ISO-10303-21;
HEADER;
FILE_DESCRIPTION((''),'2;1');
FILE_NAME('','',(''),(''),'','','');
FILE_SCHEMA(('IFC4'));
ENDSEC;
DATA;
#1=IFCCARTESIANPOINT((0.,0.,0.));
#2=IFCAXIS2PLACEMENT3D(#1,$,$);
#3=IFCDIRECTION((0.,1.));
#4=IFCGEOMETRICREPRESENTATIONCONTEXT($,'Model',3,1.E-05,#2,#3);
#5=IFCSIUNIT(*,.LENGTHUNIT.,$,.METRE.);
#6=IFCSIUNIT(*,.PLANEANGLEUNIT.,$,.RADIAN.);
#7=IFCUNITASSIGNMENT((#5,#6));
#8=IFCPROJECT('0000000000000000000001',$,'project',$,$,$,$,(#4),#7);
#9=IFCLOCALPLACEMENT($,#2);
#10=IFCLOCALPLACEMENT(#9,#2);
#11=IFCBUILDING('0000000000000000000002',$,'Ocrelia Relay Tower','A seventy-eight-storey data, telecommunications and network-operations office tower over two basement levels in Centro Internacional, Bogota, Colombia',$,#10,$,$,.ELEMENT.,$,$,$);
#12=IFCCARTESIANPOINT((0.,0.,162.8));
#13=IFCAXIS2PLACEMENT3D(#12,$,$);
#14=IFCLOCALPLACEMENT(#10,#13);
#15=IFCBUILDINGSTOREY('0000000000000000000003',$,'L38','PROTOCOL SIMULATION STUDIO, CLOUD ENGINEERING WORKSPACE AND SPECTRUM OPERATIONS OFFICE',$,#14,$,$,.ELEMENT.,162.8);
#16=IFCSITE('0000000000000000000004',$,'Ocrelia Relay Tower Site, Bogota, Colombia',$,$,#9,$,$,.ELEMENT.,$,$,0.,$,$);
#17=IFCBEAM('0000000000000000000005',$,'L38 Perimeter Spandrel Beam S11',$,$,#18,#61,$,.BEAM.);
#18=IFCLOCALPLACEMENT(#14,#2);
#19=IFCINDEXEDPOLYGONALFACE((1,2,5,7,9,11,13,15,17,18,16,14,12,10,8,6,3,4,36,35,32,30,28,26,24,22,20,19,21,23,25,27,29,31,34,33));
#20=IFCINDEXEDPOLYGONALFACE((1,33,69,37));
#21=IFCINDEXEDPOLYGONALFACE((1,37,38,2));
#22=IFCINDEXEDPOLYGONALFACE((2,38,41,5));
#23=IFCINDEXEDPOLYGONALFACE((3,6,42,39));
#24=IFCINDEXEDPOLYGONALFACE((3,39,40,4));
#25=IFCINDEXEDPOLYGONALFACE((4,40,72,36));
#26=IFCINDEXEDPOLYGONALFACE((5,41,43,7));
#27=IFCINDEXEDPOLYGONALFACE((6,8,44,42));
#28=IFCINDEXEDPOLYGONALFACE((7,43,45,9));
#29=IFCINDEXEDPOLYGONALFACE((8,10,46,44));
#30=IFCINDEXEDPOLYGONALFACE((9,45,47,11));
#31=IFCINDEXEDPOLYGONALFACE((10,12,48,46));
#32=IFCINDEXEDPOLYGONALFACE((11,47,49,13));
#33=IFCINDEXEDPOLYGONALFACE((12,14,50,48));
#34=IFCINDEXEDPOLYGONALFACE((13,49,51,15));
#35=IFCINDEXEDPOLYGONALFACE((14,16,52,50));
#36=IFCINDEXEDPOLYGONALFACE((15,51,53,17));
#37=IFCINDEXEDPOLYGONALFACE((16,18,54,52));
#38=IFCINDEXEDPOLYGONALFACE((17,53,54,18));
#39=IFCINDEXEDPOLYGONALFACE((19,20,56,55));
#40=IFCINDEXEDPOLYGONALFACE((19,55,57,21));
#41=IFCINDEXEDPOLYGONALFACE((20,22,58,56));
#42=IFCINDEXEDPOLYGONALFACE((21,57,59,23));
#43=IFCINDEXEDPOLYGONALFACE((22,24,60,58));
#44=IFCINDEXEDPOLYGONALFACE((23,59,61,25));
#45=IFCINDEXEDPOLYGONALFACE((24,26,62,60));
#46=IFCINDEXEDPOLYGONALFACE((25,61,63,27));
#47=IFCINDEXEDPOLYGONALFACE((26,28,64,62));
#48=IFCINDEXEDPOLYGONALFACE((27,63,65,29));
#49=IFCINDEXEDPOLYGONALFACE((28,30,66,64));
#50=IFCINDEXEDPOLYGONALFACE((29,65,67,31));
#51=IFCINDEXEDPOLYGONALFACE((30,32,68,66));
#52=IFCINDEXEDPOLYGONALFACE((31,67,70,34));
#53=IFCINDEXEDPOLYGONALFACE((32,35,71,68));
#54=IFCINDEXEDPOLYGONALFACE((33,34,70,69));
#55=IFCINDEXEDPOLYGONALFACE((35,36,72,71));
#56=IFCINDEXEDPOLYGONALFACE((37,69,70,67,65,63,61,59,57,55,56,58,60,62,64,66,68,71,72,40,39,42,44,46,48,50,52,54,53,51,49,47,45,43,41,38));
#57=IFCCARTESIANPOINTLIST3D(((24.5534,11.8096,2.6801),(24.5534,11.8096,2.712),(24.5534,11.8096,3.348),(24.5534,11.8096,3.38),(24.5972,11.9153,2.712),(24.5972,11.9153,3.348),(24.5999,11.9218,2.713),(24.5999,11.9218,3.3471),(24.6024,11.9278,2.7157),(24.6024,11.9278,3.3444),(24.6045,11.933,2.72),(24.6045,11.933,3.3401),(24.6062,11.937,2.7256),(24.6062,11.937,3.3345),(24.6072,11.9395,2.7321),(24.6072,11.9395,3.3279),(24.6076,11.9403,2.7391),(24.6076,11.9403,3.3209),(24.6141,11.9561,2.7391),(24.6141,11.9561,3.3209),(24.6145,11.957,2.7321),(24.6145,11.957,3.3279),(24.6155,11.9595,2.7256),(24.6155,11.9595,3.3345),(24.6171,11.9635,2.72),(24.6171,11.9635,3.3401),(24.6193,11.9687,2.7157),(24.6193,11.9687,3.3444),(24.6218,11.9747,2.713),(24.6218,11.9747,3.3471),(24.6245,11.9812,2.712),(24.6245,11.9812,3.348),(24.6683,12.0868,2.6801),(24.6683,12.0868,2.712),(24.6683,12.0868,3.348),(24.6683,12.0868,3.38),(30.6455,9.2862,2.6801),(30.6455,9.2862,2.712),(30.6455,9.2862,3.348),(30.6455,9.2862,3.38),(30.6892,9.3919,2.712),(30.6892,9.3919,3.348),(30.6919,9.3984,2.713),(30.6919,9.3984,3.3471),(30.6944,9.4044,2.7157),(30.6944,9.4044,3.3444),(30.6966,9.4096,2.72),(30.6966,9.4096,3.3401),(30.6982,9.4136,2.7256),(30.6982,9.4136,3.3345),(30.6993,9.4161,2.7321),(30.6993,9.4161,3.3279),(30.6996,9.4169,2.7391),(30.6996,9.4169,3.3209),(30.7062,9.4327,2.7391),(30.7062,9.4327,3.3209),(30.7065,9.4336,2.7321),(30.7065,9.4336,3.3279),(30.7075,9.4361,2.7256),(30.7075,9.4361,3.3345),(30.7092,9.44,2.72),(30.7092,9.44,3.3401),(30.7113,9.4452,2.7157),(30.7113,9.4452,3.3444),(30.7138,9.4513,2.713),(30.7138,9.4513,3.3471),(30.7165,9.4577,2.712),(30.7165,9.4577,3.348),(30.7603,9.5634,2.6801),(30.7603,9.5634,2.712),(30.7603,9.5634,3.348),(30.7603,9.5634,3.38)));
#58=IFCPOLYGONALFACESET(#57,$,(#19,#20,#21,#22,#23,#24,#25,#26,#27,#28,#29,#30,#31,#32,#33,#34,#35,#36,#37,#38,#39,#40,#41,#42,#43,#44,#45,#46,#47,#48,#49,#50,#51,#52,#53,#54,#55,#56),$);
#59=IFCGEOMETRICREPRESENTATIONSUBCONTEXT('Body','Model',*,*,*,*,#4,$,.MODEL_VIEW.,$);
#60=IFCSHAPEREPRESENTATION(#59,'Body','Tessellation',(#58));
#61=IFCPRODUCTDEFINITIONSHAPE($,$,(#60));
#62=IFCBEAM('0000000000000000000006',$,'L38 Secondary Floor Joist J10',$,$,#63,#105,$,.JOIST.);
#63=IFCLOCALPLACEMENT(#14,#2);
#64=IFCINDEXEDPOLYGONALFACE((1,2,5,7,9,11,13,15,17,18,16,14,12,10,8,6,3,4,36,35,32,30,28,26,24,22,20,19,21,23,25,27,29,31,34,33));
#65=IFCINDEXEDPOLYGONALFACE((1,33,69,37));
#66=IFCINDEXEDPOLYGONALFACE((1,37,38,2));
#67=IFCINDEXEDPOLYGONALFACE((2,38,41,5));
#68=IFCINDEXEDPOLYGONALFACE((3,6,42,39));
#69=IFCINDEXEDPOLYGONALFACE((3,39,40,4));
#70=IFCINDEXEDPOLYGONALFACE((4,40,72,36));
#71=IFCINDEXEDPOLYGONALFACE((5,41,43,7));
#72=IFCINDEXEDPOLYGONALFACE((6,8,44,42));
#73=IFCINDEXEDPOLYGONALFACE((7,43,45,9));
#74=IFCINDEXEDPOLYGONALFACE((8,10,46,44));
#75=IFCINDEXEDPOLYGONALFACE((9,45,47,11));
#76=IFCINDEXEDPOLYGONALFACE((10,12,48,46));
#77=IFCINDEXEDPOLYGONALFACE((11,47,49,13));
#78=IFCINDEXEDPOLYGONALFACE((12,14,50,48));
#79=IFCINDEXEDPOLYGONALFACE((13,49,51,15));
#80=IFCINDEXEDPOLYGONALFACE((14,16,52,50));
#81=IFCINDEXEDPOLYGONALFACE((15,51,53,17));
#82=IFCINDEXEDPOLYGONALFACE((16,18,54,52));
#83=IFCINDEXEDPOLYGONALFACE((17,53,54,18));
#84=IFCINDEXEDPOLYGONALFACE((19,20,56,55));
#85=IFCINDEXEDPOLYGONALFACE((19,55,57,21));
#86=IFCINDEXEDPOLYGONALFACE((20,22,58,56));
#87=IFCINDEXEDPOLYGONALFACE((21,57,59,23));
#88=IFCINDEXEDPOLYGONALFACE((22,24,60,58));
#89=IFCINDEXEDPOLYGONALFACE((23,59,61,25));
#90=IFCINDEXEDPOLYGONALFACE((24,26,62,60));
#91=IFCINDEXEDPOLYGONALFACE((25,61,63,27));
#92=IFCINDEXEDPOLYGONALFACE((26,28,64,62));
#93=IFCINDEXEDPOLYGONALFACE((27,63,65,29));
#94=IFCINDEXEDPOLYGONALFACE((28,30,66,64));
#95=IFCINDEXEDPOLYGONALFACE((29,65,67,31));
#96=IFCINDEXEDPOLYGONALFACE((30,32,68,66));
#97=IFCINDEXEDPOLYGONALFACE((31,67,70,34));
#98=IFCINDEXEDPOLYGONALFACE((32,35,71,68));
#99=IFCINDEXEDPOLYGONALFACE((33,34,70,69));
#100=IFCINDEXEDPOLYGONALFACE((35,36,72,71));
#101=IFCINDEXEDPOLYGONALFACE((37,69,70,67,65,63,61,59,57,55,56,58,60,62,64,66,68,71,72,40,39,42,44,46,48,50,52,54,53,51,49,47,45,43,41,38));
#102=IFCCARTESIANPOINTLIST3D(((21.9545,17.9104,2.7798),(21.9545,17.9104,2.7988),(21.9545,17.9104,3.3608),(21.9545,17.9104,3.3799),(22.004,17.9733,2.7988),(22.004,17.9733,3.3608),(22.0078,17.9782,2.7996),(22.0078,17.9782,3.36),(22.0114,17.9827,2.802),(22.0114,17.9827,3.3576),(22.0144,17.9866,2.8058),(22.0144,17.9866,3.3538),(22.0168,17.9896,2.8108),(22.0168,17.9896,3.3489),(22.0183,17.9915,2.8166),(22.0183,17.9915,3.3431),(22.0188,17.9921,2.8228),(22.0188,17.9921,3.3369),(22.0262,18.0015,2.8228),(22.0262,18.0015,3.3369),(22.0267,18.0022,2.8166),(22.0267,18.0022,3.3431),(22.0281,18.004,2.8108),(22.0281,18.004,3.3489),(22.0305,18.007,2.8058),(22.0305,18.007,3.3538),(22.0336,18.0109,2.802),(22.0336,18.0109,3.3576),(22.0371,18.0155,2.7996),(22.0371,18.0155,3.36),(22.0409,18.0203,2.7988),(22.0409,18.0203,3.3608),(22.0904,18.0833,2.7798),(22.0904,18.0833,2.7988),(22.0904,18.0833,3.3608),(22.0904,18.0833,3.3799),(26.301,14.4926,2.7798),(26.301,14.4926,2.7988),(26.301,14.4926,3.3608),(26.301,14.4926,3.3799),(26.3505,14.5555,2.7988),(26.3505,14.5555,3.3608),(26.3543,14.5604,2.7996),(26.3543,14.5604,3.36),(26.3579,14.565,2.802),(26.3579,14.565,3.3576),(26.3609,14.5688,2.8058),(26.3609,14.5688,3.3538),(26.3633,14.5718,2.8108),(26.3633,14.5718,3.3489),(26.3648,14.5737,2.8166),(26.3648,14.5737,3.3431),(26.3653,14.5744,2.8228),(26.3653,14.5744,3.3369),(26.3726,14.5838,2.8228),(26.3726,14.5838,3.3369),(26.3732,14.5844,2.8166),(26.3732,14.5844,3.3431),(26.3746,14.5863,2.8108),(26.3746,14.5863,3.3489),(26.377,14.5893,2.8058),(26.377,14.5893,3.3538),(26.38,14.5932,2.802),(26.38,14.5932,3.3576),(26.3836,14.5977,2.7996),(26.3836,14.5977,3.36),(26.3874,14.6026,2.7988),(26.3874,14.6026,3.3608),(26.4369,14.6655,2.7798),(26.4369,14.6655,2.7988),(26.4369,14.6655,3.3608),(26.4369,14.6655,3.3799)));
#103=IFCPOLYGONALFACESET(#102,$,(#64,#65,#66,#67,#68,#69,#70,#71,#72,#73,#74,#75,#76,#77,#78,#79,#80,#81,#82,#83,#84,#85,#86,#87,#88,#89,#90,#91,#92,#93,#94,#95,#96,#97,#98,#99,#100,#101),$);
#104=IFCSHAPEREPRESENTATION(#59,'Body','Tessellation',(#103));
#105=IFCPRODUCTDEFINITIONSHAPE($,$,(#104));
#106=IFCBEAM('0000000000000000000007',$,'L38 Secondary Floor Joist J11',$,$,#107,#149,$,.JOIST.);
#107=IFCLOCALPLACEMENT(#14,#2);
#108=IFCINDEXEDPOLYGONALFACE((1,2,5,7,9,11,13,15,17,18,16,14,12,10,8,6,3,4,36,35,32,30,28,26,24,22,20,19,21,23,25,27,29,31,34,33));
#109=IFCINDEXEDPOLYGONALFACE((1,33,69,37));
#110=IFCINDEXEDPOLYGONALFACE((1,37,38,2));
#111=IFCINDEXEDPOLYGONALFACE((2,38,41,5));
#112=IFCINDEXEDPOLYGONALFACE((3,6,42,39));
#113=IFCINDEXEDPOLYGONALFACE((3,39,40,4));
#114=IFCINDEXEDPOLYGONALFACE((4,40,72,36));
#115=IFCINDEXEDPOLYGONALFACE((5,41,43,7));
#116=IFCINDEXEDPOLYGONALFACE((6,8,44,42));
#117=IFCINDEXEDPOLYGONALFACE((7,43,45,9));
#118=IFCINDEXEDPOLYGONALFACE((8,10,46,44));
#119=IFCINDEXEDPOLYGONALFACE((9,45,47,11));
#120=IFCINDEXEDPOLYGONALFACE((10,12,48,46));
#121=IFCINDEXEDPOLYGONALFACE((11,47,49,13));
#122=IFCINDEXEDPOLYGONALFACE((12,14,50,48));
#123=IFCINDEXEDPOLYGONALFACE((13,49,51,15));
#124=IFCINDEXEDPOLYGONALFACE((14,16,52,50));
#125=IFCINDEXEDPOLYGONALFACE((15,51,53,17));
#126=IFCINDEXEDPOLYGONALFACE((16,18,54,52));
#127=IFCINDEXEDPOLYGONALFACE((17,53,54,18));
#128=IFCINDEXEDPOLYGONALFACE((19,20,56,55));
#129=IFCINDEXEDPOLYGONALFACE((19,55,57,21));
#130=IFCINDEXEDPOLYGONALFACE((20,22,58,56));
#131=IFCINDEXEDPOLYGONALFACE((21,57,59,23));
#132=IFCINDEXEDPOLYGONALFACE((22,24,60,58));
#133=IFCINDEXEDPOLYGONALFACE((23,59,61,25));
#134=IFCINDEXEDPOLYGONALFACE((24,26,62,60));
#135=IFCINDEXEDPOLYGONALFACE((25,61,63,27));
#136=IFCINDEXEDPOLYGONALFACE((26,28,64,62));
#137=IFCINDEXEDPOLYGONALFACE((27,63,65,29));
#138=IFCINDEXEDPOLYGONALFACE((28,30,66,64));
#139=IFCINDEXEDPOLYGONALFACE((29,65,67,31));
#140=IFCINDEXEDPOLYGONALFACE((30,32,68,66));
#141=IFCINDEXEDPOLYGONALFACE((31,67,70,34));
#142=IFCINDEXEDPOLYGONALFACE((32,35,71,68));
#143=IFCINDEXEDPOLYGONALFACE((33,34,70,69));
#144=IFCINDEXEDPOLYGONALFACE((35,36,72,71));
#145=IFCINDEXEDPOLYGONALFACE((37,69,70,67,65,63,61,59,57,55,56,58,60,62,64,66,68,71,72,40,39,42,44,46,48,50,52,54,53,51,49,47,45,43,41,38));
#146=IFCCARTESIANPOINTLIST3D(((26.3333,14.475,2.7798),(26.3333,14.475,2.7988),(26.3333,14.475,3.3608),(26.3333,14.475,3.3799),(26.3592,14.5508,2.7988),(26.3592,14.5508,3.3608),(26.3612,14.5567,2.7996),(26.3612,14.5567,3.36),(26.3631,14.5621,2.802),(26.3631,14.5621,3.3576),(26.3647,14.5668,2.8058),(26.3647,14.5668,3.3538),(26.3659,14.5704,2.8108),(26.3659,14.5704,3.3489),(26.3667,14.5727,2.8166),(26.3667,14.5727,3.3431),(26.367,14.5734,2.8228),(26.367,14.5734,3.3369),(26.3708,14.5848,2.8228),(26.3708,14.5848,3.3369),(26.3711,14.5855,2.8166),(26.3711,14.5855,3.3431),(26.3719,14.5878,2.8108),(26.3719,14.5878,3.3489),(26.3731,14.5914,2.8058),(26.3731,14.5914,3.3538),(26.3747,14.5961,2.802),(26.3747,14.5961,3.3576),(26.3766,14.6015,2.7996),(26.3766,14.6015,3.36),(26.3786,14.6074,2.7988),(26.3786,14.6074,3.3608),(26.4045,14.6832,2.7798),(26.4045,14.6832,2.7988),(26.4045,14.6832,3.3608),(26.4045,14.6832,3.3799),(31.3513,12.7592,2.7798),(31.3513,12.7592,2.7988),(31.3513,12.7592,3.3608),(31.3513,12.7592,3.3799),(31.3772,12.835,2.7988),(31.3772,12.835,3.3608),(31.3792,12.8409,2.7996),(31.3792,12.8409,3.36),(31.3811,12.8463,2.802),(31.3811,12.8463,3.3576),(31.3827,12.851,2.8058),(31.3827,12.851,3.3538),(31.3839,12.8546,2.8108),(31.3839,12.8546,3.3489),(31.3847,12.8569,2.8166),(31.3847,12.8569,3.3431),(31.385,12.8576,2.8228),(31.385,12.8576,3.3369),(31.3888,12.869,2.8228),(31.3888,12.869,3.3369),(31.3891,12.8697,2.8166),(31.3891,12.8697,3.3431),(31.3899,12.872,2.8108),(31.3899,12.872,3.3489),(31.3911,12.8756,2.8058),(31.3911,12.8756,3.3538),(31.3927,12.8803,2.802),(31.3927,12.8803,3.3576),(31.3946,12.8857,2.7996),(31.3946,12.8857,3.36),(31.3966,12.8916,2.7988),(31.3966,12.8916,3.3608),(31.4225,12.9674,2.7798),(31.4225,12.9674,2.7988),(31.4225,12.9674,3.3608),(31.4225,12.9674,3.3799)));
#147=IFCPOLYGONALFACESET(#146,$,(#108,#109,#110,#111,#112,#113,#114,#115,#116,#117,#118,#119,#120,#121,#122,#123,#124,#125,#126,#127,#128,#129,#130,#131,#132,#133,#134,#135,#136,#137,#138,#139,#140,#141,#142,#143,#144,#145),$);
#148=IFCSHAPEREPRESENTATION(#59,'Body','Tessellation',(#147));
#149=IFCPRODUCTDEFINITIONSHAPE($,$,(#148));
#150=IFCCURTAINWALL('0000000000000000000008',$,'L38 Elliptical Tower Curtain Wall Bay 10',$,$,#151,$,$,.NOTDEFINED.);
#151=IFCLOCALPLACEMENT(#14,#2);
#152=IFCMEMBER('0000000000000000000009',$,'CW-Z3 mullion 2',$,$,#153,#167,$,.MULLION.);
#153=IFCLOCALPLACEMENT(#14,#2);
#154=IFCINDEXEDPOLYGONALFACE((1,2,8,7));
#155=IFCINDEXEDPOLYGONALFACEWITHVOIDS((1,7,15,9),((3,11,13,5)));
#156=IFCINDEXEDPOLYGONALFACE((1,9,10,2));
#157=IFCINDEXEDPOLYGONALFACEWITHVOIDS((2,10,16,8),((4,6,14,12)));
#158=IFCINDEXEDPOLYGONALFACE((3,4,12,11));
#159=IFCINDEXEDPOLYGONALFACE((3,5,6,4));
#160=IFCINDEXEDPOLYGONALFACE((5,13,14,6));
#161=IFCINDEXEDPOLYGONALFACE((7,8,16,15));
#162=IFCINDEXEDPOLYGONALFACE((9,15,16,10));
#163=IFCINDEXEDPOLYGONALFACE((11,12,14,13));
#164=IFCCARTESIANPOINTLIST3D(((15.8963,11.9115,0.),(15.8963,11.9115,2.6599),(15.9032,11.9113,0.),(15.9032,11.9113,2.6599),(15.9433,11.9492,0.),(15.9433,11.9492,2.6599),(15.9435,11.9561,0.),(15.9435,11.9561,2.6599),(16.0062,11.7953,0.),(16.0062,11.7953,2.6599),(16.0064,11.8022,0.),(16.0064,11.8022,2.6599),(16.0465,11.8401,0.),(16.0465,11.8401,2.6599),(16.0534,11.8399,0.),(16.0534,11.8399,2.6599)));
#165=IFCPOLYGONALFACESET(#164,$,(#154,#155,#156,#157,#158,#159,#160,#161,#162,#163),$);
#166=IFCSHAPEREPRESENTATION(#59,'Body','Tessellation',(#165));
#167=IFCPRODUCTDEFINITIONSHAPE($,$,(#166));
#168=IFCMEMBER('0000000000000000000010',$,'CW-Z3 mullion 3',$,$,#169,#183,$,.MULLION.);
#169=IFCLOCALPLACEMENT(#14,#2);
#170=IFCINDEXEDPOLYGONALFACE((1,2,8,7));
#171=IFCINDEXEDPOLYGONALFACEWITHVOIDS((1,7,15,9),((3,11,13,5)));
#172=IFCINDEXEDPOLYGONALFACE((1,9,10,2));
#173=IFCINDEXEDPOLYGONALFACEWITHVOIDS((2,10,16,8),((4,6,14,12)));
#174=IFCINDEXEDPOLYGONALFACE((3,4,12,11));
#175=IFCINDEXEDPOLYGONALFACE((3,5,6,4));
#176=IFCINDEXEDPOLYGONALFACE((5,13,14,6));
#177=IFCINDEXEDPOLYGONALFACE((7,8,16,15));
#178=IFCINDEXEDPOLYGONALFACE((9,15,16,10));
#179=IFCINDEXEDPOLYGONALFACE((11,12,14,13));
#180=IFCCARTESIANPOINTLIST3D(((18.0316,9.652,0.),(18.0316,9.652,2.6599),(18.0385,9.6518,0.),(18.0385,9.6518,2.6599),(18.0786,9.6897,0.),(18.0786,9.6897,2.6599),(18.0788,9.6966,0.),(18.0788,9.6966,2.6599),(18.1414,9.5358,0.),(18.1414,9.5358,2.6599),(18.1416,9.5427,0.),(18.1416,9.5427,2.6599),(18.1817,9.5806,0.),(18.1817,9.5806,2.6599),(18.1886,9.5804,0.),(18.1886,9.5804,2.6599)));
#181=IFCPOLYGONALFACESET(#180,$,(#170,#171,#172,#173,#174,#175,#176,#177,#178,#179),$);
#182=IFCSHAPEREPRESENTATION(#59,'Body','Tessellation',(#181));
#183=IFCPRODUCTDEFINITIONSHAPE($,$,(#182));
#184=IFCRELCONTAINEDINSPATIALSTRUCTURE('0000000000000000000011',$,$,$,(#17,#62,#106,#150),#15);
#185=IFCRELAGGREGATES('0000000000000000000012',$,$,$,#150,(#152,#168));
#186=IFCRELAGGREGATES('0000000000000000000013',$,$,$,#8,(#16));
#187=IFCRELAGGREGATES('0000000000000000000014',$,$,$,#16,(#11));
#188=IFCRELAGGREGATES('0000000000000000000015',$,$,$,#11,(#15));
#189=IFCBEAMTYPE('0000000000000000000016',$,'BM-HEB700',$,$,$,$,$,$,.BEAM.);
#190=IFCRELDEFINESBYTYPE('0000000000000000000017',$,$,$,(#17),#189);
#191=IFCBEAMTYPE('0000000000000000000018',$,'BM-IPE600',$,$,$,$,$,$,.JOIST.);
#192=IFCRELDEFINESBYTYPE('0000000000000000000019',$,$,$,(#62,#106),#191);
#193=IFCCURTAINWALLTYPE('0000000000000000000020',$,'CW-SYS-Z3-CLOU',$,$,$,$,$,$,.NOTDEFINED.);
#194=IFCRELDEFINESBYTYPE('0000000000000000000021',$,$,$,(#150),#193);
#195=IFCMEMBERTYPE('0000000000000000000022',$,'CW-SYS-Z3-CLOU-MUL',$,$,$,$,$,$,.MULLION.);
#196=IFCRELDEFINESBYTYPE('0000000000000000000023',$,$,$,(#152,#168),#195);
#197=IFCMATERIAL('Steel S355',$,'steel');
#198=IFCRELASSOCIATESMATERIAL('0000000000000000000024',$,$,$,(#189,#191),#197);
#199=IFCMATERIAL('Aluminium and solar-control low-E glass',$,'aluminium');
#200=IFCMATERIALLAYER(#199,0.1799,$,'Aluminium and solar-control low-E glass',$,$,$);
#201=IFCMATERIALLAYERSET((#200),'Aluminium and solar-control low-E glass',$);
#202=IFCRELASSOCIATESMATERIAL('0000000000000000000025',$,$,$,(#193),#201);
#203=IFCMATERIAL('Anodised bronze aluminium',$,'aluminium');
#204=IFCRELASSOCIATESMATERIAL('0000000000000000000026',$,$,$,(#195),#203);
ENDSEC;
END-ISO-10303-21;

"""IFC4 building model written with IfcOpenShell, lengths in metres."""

from ifc_helpers import new_model, si_unit, direction, frame, origin, origin_2d, place, context, subcontext, project, spatial, hollow_rectangle, i_section, extrude, material, layer, layer_set, material_profile, profile_set, type_object, element, aggregate, save


model = new_model("IFC4")

# Units and contexts
model_context = context("Model", 3, precision=1e-05, world=origin(), true_north=direction((0.0, 1.0)))
body_context = subcontext(model_context, "Body", "Model", "MODEL_VIEW")
ifc_project = project(units=[si_unit("LENGTHUNIT", "METRE"), si_unit("PLANEANGLEUNIT", "RADIAN")], contexts=[model_context])

# Site, building, storey
site_placement = place(None, origin())
site = spatial("IfcSite", under=ifc_project, at=site_placement, Name="Ocrelia Relay Tower Site, Bogota, Colombia", CompositionType="ELEMENT", RefElevation=0.0)
building_placement = place(site_placement, origin())
building = spatial("IfcBuilding", under=site, at=building_placement, Name="Ocrelia Relay Tower", Description="A seventy-eight-storey data, telecommunications and network-operations office tower over two basement levels in Centro Internacional, Bogota, Colombia", CompositionType="ELEMENT")
storey_placement = place(building_placement, frame((0.0, 0.0, 162.8)))
storey = spatial("IfcBuildingStorey", under=building, at=storey_placement, Name="L38", Description="PROTOCOL SIMULATION STUDIO, CLOUD ENGINEERING WORKSPACE AND SPECTRUM OPERATIONS OFFICE", CompositionType="ELEMENT", Elevation=162.8)

# Beams
ifc_material_1 = material(Name="Steel S355", Category="steel")
ifc_material_profile_1 = material_profile(ifc_material_1, i_section(OverallWidth=0.3, OverallDepth=0.7, WebThickness=0.0171, FlangeThickness=0.032, FilletRadius=0.0271, at=origin_2d()), Name="HEB 700")
ifc_profile_set_1 = profile_set([ifc_material_profile_1], Name="Steel S355")
beam_type_1 = type_object("IfcBeamType", Name="BM-HEB700", PredefinedType="BEAM", material=ifc_profile_set_1)
for number, where, z_axis, x_axis, name in (
    (1, (24.6108, 11.9482, 3.03), (0.923878, -0.382688, 0.0), (0.382688, 0.923878, 0.0), "L38 Perimeter Spandrel Beam S11"),
):
    element("IfcBeam", number, at=place(storey_placement, frame(where, z_axis=z_axis, x_axis=x_axis)), inside=storey, type_object=beam_type_1, Name=name, PredefinedType="BEAM", context=body_context, shape_type="SweptSolid", body=[
        extrude(i_section(OverallWidth=0.3, OverallDepth=0.7, WebThickness=0.0171, FlangeThickness=0.032, FilletRadius=0.0271, at=origin_2d()), origin(), (0.0, 0.0, 1.0), 6.594),
    ])
ifc_material_profile_2 = material_profile(ifc_material_1, i_section(OverallWidth=0.22, OverallDepth=0.6001, WebThickness=0.012, FlangeThickness=0.019, FilletRadius=0.0239, at=origin_2d()), Name="IPE 600")
ifc_profile_set_2 = profile_set([ifc_material_profile_2], Name="Steel S355")
beam_type_2 = type_object("IfcBeamType", Name="BM-IPE600", PredefinedType="JOIST", material=ifc_profile_set_2)
beam_1_placement = place(storey_placement, frame((22.0225, 17.9968, 3.0798), z_axis=(0.786084, -0.61812, 0.0), x_axis=(0.61812, 0.786084, 0.0)))
element("IfcBeam", 2, at=beam_1_placement, inside=storey, type_object=beam_type_2, Name="L38 Secondary Floor Joist J10", PredefinedType="JOIST", context=body_context, shape_type="SweptSolid", body=[
    extrude(i_section(OverallWidth=0.22, OverallDepth=0.6001, WebThickness=0.012, FlangeThickness=0.019, FilletRadius=0.0239, at=origin_2d()), origin(), (0.0, 0.0, 1.0), 5.5293),
])
beam_2_placement = place(storey_placement, frame((26.3689, 14.5791, 3.0798), z_axis=(0.946215, -0.323538, 0.0), x_axis=(0.323538, 0.946215, 0.0)))
element("IfcBeam", 3, at=beam_2_placement, inside=storey, type_object=beam_type_2, Name="L38 Secondary Floor Joist J11", PredefinedType="JOIST", context=body_context, shape_type="SweptSolid", body=[
    extrude(i_section(OverallWidth=0.22, OverallDepth=0.6001, WebThickness=0.012, FlangeThickness=0.019, FilletRadius=0.0239, at=origin_2d()), origin(), (0.0, 0.0, 1.0), 5.3032),
])

# Curtain wall, members
ifc_material_2 = material(Name="Aluminium and solar-control low-E glass", Category="aluminium")
ifc_layer_1 = layer(ifc_material_2, 0.1799, Name="Aluminium and solar-control low-E glass")
ifc_layer_set_1 = layer_set([ifc_layer_1], Name="Aluminium and solar-control low-E glass")
curtain_wall_type = type_object("IfcCurtainWallType", Name="CW-SYS-Z3-CLOU", PredefinedType="NOTDEFINED", material=ifc_layer_set_1)
curtain_wall_placement = place(storey_placement, origin())
curtain_wall = element("IfcCurtainWall", 4, at=curtain_wall_placement, inside=storey, type_object=curtain_wall_type, Name="L38 Elliptical Tower Curtain Wall Bay 10", PredefinedType="NOTDEFINED")
ifc_material_3 = material(Name="Anodised bronze aluminium", Category="aluminium")
ifc_material_profile_3 = material_profile(ifc_material_3, hollow_rectangle(XDim=0.0649, YDim=0.1599, WallThickness=0.0049, at=origin_2d()), Name="CW-MUL-160x65")
ifc_profile_set_3 = profile_set([ifc_material_profile_3], Name="Anodised bronze aluminium")
member_type_1 = type_object("IfcMemberType", Name="CW-SYS-Z3-CLOU-MUL", PredefinedType="MULLION", material=ifc_profile_set_3)
member_1_placement = place(storey_placement, frame((15.9749, 11.8757, 0.0), z_axis=(0.0, 0.0, 1.0), x_axis=(0.726808, 0.686841, 0.0)))
member_1 = element("IfcMember", 5, at=member_1_placement, type_object=member_type_1, Name="CW-Z3 mullion 2", PredefinedType="MULLION", context=body_context, shape_type="SweptSolid", body=[
    extrude(hollow_rectangle(XDim=0.0649, YDim=0.1599, WallThickness=0.0049, at=origin_2d()), origin(), (0.0, 0.0, 1.0), 2.6599),
])
member_2_placement = place(storey_placement, frame((18.1101, 9.6162, 0.0), z_axis=(0.0, 0.0, 1.0), x_axis=(0.726808, 0.686841, 0.0)))
member_2 = element("IfcMember", 6, at=member_2_placement, type_object=member_type_1, Name="CW-Z3 mullion 3", PredefinedType="MULLION", context=body_context, shape_type="SweptSolid", body=[
    extrude(hollow_rectangle(XDim=0.0649, YDim=0.1599, WallThickness=0.0049, at=origin_2d()), origin(), (0.0, 0.0, 1.0), 2.6599),
])
aggregate(curtain_wall, [member_1, member_2])

save(model, "model.ifc")
